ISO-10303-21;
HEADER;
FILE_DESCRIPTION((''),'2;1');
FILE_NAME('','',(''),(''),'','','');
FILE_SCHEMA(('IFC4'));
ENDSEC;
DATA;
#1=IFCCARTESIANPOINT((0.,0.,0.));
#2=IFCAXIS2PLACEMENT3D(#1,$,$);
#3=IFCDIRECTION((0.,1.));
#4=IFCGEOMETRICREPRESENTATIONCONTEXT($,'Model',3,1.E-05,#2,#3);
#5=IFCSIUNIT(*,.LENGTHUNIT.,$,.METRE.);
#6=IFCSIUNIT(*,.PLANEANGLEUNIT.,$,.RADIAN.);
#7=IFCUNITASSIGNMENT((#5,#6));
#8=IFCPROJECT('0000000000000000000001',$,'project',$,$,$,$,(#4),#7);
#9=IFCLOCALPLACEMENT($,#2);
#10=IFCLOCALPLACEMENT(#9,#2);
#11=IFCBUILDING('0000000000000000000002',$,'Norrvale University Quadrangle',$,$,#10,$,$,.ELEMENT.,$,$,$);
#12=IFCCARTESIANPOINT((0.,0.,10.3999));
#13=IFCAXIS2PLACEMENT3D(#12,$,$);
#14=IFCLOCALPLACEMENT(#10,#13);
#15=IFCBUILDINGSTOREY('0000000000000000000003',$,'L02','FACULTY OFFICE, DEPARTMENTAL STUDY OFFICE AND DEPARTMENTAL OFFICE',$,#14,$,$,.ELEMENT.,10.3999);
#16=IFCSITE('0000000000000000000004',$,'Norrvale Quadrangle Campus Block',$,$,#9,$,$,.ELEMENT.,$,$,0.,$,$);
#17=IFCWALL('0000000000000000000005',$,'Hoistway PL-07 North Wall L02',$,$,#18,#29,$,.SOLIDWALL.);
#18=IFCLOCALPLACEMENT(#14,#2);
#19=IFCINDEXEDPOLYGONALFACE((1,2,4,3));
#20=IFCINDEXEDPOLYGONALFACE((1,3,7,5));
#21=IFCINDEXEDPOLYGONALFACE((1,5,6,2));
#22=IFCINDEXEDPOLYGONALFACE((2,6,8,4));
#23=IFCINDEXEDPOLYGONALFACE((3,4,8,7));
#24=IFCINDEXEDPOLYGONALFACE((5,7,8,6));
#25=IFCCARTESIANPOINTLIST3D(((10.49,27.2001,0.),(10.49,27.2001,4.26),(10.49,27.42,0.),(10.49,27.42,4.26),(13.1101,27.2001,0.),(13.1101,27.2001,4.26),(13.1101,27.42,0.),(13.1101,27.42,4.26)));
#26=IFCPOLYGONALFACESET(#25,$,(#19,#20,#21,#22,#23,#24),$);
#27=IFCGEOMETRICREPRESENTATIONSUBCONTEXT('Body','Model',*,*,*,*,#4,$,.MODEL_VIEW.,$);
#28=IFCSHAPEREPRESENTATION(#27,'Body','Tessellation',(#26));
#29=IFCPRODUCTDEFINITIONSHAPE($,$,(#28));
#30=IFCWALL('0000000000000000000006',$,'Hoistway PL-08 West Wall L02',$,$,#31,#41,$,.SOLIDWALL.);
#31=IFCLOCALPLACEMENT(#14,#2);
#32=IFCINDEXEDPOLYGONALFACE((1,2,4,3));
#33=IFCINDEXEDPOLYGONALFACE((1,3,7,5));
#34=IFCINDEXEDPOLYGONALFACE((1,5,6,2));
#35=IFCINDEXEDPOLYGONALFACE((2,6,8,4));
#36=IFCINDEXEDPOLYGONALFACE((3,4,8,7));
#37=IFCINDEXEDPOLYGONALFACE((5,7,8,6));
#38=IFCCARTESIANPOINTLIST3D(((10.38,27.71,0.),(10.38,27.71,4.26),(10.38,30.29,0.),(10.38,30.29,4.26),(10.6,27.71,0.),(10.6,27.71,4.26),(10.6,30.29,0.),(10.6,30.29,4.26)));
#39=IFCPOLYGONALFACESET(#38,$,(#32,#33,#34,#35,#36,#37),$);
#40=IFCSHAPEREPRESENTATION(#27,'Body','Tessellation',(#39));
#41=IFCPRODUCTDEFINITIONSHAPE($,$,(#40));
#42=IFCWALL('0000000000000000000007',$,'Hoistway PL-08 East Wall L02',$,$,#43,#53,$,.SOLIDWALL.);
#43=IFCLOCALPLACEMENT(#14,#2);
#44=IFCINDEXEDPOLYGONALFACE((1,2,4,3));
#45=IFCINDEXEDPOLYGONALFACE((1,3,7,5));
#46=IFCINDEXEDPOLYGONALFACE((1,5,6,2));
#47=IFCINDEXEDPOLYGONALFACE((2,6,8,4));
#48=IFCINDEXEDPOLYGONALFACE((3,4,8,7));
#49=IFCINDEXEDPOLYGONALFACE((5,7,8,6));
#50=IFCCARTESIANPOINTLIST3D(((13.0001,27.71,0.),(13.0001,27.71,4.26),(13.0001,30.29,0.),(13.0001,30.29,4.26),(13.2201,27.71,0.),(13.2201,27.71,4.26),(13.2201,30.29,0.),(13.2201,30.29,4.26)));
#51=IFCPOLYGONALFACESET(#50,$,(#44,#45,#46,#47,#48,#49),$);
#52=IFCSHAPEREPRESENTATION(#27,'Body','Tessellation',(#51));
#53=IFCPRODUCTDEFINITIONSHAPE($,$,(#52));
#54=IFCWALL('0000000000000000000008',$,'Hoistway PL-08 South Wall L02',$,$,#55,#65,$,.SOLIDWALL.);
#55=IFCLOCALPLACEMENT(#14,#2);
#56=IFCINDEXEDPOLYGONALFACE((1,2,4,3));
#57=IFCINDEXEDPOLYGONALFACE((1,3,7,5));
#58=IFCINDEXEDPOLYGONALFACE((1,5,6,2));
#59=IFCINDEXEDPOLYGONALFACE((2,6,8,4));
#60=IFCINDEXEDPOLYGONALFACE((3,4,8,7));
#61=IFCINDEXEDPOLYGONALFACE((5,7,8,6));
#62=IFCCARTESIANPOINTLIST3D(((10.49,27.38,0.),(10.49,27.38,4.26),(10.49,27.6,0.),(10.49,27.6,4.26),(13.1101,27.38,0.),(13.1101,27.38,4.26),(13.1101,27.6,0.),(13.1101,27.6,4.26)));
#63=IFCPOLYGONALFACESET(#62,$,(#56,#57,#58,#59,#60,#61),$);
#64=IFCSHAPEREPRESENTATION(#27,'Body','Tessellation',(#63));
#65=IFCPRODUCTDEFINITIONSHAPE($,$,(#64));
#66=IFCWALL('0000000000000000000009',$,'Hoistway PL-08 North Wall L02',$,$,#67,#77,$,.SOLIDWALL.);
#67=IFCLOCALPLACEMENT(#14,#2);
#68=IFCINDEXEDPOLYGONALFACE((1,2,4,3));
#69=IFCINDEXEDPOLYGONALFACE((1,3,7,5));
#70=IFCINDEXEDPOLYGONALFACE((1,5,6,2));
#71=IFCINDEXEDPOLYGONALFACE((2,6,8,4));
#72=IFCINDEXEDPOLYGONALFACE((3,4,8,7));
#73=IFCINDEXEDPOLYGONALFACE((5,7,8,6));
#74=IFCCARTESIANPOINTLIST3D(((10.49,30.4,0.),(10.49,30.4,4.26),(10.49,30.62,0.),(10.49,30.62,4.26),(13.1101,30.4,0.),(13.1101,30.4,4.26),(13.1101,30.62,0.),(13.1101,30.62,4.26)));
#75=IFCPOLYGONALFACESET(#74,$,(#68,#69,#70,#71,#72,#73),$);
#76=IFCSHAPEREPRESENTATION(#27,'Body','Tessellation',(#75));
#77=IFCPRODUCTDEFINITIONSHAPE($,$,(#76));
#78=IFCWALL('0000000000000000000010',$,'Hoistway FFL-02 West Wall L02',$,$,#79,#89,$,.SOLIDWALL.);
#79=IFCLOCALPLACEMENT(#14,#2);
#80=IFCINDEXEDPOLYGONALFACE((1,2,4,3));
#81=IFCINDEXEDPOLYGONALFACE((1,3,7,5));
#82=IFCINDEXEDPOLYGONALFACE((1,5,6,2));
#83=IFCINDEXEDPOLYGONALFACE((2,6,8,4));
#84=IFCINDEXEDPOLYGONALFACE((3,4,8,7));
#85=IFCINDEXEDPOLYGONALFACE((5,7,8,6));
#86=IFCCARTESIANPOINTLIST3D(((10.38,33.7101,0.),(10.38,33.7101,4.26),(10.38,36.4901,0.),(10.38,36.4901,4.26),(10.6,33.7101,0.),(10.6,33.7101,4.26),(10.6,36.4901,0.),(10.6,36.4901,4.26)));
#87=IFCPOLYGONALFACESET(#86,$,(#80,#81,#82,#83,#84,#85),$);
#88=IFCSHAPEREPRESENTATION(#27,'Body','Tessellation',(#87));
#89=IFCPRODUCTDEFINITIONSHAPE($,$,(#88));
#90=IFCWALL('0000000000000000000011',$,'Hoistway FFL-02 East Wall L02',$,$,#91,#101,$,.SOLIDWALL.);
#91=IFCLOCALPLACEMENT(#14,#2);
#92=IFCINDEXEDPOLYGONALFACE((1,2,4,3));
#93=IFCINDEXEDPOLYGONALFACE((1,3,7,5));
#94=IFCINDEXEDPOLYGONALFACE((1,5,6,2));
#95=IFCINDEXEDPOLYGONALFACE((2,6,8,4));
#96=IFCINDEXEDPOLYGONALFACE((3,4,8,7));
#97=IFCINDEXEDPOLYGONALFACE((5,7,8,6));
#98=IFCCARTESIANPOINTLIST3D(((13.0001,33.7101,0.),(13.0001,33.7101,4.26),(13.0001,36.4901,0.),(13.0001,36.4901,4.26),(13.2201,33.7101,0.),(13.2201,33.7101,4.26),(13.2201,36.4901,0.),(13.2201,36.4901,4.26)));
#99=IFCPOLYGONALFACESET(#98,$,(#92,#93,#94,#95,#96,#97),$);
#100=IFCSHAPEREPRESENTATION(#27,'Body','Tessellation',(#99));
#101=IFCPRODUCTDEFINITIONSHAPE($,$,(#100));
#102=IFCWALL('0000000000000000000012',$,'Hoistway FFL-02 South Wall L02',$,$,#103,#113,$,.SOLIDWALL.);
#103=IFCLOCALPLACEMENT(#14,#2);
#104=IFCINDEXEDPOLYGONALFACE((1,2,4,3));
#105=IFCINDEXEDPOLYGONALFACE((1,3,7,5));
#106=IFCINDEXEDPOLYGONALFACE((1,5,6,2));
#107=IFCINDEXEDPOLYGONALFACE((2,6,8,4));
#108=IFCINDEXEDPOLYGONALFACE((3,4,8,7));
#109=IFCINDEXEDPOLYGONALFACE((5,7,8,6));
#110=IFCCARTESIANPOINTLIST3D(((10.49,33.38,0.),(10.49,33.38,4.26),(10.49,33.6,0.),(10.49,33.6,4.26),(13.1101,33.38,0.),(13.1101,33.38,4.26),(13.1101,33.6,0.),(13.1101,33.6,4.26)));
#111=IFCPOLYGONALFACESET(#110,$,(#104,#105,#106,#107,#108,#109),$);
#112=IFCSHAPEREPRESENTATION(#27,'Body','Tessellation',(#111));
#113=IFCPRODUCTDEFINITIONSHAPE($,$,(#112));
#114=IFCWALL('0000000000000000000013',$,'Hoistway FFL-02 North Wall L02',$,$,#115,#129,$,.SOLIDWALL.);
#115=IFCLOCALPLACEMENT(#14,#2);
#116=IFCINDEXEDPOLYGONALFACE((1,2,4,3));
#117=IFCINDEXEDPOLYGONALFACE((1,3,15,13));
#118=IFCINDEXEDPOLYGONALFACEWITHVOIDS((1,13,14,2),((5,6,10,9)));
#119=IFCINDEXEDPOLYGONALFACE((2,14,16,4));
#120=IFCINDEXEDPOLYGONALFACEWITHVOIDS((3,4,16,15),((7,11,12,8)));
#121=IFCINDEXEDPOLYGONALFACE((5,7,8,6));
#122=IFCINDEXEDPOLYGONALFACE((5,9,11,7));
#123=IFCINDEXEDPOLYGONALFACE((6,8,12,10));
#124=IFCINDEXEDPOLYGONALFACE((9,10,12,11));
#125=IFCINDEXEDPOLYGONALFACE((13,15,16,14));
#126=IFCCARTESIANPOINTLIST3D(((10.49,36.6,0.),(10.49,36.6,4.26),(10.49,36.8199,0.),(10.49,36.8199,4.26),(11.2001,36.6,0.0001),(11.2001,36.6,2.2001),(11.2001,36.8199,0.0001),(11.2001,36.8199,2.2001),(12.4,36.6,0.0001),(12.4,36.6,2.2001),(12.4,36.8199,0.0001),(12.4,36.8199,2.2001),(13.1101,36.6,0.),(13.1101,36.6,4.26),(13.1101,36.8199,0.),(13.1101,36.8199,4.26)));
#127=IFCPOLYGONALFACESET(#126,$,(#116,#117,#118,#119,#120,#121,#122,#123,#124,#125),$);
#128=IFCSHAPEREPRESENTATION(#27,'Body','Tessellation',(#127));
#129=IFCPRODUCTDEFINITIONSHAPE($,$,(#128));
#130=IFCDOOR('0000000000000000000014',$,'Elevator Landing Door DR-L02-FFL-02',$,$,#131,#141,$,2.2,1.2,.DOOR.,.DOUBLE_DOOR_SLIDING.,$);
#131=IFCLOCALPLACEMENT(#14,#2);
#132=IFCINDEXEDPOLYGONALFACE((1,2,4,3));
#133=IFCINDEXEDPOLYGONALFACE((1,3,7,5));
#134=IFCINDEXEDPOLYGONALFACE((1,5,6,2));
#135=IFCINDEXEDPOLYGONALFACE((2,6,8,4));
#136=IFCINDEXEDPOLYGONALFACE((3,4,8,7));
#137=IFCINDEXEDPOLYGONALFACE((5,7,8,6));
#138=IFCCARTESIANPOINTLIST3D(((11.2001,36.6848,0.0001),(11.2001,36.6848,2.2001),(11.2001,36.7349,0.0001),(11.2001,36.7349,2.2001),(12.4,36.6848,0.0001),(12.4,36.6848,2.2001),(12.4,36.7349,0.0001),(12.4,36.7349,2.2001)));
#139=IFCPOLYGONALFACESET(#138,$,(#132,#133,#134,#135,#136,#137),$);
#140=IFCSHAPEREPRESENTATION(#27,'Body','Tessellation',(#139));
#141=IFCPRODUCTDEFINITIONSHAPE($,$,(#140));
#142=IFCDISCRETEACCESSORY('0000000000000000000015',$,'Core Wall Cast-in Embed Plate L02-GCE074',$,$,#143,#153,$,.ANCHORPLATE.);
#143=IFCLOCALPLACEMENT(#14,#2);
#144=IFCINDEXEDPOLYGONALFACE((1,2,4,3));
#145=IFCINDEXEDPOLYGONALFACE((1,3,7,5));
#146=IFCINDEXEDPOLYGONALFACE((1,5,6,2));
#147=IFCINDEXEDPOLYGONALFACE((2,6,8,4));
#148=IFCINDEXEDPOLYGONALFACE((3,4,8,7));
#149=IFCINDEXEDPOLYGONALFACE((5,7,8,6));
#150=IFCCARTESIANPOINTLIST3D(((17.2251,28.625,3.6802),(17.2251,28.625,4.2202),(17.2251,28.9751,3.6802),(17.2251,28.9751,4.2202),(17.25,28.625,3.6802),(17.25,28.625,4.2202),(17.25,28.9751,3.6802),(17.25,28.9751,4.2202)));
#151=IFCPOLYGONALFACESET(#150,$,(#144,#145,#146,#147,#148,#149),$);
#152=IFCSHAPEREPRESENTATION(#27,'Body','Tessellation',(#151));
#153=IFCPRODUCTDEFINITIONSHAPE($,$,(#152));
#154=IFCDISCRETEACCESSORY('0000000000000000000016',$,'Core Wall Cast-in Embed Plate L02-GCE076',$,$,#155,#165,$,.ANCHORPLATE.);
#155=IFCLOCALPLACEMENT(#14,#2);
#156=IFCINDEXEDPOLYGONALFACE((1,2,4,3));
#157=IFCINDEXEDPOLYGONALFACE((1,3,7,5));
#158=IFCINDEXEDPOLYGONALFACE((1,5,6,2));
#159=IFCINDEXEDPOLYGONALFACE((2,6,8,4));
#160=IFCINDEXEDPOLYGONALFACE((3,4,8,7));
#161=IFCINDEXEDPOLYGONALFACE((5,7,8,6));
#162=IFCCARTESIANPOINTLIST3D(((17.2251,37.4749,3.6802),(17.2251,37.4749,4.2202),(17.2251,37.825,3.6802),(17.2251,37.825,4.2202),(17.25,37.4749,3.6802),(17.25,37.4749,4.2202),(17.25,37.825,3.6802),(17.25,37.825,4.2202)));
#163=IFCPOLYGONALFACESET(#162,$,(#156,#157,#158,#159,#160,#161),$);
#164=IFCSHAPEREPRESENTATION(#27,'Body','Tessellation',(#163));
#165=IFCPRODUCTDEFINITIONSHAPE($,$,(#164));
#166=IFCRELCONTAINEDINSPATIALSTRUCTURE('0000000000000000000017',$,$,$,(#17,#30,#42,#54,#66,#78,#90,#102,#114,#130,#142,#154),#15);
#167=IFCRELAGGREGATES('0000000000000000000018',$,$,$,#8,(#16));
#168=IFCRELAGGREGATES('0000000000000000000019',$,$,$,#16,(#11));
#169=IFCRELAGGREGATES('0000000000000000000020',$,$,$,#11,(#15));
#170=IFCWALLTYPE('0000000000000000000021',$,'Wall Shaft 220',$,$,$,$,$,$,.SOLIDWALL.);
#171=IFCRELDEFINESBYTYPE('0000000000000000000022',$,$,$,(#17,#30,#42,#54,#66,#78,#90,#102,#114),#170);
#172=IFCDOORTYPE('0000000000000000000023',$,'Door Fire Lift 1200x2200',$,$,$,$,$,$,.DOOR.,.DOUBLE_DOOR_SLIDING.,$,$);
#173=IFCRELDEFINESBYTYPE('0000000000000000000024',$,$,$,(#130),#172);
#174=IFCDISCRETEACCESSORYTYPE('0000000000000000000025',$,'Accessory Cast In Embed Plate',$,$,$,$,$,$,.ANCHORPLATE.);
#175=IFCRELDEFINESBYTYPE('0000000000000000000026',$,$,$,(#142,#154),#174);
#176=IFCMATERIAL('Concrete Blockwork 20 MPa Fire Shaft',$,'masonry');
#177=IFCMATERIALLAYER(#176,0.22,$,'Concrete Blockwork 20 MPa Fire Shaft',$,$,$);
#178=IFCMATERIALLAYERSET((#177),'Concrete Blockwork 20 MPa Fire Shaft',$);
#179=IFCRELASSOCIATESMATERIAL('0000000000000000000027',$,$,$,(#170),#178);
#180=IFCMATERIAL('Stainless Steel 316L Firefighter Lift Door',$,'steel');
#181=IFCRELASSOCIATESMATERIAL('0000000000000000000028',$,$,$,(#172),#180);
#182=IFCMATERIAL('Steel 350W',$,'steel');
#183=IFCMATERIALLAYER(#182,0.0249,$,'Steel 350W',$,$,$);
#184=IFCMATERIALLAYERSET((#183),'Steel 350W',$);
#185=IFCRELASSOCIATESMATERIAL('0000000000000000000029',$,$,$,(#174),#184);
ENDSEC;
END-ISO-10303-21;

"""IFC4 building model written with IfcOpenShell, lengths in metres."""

from ifc_helpers import new_model, si_unit, direction, frame, frame_2d, origin, origin_2d, place, context, subcontext, project, spatial, rectangle, extrude, material, layer, layer_set, type_object, element, fill, save


model = new_model("IFC4")

# Units and contexts
model_context = context("Model", 3, precision=1e-05, world=origin(), true_north=direction((0.0, 1.0)))
body_context = subcontext(model_context, "Body", "Model", "MODEL_VIEW")
ifc_project = project(units=[si_unit("LENGTHUNIT", "METRE"), si_unit("PLANEANGLEUNIT", "RADIAN")], contexts=[model_context])

# Site, building, storey
site_placement = place(None, origin())
site = spatial("IfcSite", under=ifc_project, at=site_placement, Name="Norrvale Quadrangle Campus Block", CompositionType="ELEMENT", RefElevation=0.0)
building_placement = place(site_placement, origin())
building = spatial("IfcBuilding", under=site, at=building_placement, Name="Norrvale University Quadrangle", CompositionType="ELEMENT")
storey_placement = place(building_placement, frame((0.0, 0.0, 10.3999)))
storey = spatial("IfcBuildingStorey", under=building, at=storey_placement, Name="L02", Description="FACULTY OFFICE, DEPARTMENTAL STUDY OFFICE AND DEPARTMENTAL OFFICE", CompositionType="ELEMENT", Elevation=10.3999)

# Shared definitions
ifc_material_1 = material(Name="Steel 350W", Category="steel")

# Walls
ifc_material_2 = material(Name="Concrete Blockwork 20 MPa Fire Shaft", Category="masonry")
ifc_layer_1 = layer(ifc_material_2, 0.22, Name="Concrete Blockwork 20 MPa Fire Shaft")
ifc_layer_set_1 = layer_set([ifc_layer_1], Name="Concrete Blockwork 20 MPa Fire Shaft")
wall_type_1 = type_object("IfcWallType", Name="Wall Shaft 220", PredefinedType="SOLIDWALL", material=ifc_layer_set_1)
wall_1_placement = place(storey_placement, frame((10.49, 27.3101, 0.0), z_axis=(0.0, 0.0, 1.0), x_axis=(1.0, 0.0, 0.0)))
element("IfcWall", 1, at=wall_1_placement, inside=storey, type_object=wall_type_1, Name="Hoistway PL-07 North Wall L02", PredefinedType="SOLIDWALL", context=body_context, shape_type="SweptSolid", body=[
    extrude(rectangle(XDim=2.6201, YDim=0.22, at=frame_2d((1.3101, 0.0))), origin(), (0.0, 0.0, 1.0), 4.26),
])
for number, where, z_axis, x_axis, name in (
    (2, (10.49, 27.71, 0.0), (0.0, 0.0, 1.0), (0.0, 1.0, 0.0), "Hoistway PL-08 West Wall L02"),
    (3, (13.1101, 27.71, 0.0), (0.0, 0.0, 1.0), (0.0, 1.0, 0.0), "Hoistway PL-08 East Wall L02"),
):
    element("IfcWall", number, at=place(storey_placement, frame(where, z_axis=z_axis, x_axis=x_axis)), inside=storey, type_object=wall_type_1, Name=name, PredefinedType="SOLIDWALL", context=body_context, shape_type="SweptSolid", body=[
        extrude(rectangle(XDim=2.5801, YDim=0.22, at=frame_2d((1.29, 0.0))), origin(), (0.0, 0.0, 1.0), 4.26),
    ])
for number, where, z_axis, x_axis, name in (
    (4, (10.49, 27.49, 0.0), (0.0, 0.0, 1.0), (1.0, 0.0, 0.0), "Hoistway PL-08 South Wall L02"),
    (5, (10.49, 30.51, 0.0), (0.0, 0.0, 1.0), (1.0, 0.0, 0.0), "Hoistway PL-08 North Wall L02"),
):
    element("IfcWall", number, at=place(storey_placement, frame(where, z_axis=z_axis, x_axis=x_axis)), inside=storey, type_object=wall_type_1, Name=name, PredefinedType="SOLIDWALL", context=body_context, shape_type="SweptSolid", body=[
        extrude(rectangle(XDim=2.6201, YDim=0.22, at=frame_2d((1.3101, 0.0))), origin(), (0.0, 0.0, 1.0), 4.26),
    ])
for number, where, z_axis, x_axis, name in (
    (6, (10.49, 33.71, 0.0), (0.0, 0.0, 1.0), (0.0, 1.0, 0.0), "Hoistway FFL-02 West Wall L02"),
    (7, (13.1101, 33.71, 0.0), (0.0, 0.0, 1.0), (0.0, 1.0, 0.0), "Hoistway FFL-02 East Wall L02"),
):
    element("IfcWall", number, at=place(storey_placement, frame(where, z_axis=z_axis, x_axis=x_axis)), inside=storey, type_object=wall_type_1, Name=name, PredefinedType="SOLIDWALL", context=body_context, shape_type="SweptSolid", body=[
        extrude(rectangle(XDim=2.78, YDim=0.22, at=frame_2d((1.3901, 0.0))), origin(), (0.0, 0.0, 1.0), 4.26),
    ])
wall_2_placement = place(storey_placement, frame((10.49, 33.49, 0.0), z_axis=(0.0, 0.0, 1.0), x_axis=(1.0, 0.0, 0.0)))
element("IfcWall", 8, at=wall_2_placement, inside=storey, type_object=wall_type_1, Name="Hoistway FFL-02 South Wall L02", PredefinedType="SOLIDWALL", context=body_context, shape_type="SweptSolid", body=[
    extrude(rectangle(XDim=2.6201, YDim=0.22, at=frame_2d((1.3101, 0.0))), origin(), (0.0, 0.0, 1.0), 4.26),
])

# Wall, opening, door
wall_3_placement = place(storey_placement, frame((10.49, 36.71, 0.0), z_axis=(0.0, 0.0, 1.0), x_axis=(1.0, 0.0, 0.0)))
wall_3 = element("IfcWall", 9, at=wall_3_placement, inside=storey, type_object=wall_type_1, Name="Hoistway FFL-02 North Wall L02", PredefinedType="SOLIDWALL", context=body_context, shape_type="SweptSolid", body=[
    extrude(rectangle(XDim=2.6201, YDim=0.22, at=frame_2d((1.3101, 0.0))), origin(), (0.0, 0.0, 1.0), 4.26),
])
opening_1_placement = place(wall_3_placement, frame((0.71, 0.0, 0.0)))
opening_1 = element("IfcOpeningElement", 10, at=opening_1_placement, cuts=wall_3, PredefinedType="OPENING", context=body_context, shape_type="SweptSolid", body=[
    extrude(rectangle(XDim=1.2, YDim=2.2, at=frame_2d((0.6001, 1.1001))), frame((0.0, 0.1221, 0.0), z_axis=(0.0, -1.0, 0.0), x_axis=(1.0, 0.0, 0.0)), (0.0, 0.0, 1.0), 0.2439),
])
ifc_material_3 = material(Name="Stainless Steel 316L Firefighter Lift Door", Category="steel")
door_type_1 = type_object("IfcDoorType", Name="Door Fire Lift 1200x2200", OperationType="DOUBLE_DOOR_SLIDING", PredefinedType="DOOR", material=ifc_material_3)
door_1_placement = place(opening_1_placement, origin())
door_1 = element("IfcDoor", 11, at=door_1_placement, inside=storey, type_object=door_type_1, Name="Elevator Landing Door DR-L02-FFL-02", OperationType="DOUBLE_DOOR_SLIDING", OverallHeight=2.2, OverallWidth=1.2, PredefinedType="DOOR", context=body_context, shape_type="SweptSolid", body=[
    extrude(rectangle(XDim=1.2, YDim=2.2, at=frame_2d((0.6001, 1.1001))), frame((0.0, 0.0249, 0.0), z_axis=(0.0, -1.0, 0.0), x_axis=(1.0, 0.0, 0.0)), (0.0, 0.0, 1.0), 0.05),
])
fill(opening_1, door_1)

# Discrete accessories
ifc_layer_2 = layer(ifc_material_1, 0.0249, Name="Steel 350W")
ifc_layer_set_2 = layer_set([ifc_layer_2], Name="Steel 350W")
discrete_accessory_type = type_object("IfcDiscreteAccessoryType", Name="Accessory Cast In Embed Plate", PredefinedType="ANCHORPLATE", material=ifc_layer_set_2)
for number, where, z_axis, x_axis, name in (
    (12, (17.2375, 28.8, 3.6802), (0.0, 0.0, 1.0), (1.0, 0.0, 0.0), "Core Wall Cast-in Embed Plate L02-GCE074"),
    (13, (17.2375, 37.6499, 3.6802), (0.0, 0.0, 1.0), (1.0, 0.0, 0.0), "Core Wall Cast-in Embed Plate L02-GCE076"),
):
    element("IfcDiscreteAccessory", number, at=place(storey_placement, frame(where, z_axis=z_axis, x_axis=x_axis)), inside=storey, type_object=discrete_accessory_type, Name=name, PredefinedType="ANCHORPLATE", context=body_context, shape_type="SweptSolid", body=[
        extrude(rectangle(XDim=0.0249, YDim=0.3501, at=origin_2d()), origin(), (0.0, 0.0, 1.0), 0.54),
    ])

save(model, "model.ifc")
